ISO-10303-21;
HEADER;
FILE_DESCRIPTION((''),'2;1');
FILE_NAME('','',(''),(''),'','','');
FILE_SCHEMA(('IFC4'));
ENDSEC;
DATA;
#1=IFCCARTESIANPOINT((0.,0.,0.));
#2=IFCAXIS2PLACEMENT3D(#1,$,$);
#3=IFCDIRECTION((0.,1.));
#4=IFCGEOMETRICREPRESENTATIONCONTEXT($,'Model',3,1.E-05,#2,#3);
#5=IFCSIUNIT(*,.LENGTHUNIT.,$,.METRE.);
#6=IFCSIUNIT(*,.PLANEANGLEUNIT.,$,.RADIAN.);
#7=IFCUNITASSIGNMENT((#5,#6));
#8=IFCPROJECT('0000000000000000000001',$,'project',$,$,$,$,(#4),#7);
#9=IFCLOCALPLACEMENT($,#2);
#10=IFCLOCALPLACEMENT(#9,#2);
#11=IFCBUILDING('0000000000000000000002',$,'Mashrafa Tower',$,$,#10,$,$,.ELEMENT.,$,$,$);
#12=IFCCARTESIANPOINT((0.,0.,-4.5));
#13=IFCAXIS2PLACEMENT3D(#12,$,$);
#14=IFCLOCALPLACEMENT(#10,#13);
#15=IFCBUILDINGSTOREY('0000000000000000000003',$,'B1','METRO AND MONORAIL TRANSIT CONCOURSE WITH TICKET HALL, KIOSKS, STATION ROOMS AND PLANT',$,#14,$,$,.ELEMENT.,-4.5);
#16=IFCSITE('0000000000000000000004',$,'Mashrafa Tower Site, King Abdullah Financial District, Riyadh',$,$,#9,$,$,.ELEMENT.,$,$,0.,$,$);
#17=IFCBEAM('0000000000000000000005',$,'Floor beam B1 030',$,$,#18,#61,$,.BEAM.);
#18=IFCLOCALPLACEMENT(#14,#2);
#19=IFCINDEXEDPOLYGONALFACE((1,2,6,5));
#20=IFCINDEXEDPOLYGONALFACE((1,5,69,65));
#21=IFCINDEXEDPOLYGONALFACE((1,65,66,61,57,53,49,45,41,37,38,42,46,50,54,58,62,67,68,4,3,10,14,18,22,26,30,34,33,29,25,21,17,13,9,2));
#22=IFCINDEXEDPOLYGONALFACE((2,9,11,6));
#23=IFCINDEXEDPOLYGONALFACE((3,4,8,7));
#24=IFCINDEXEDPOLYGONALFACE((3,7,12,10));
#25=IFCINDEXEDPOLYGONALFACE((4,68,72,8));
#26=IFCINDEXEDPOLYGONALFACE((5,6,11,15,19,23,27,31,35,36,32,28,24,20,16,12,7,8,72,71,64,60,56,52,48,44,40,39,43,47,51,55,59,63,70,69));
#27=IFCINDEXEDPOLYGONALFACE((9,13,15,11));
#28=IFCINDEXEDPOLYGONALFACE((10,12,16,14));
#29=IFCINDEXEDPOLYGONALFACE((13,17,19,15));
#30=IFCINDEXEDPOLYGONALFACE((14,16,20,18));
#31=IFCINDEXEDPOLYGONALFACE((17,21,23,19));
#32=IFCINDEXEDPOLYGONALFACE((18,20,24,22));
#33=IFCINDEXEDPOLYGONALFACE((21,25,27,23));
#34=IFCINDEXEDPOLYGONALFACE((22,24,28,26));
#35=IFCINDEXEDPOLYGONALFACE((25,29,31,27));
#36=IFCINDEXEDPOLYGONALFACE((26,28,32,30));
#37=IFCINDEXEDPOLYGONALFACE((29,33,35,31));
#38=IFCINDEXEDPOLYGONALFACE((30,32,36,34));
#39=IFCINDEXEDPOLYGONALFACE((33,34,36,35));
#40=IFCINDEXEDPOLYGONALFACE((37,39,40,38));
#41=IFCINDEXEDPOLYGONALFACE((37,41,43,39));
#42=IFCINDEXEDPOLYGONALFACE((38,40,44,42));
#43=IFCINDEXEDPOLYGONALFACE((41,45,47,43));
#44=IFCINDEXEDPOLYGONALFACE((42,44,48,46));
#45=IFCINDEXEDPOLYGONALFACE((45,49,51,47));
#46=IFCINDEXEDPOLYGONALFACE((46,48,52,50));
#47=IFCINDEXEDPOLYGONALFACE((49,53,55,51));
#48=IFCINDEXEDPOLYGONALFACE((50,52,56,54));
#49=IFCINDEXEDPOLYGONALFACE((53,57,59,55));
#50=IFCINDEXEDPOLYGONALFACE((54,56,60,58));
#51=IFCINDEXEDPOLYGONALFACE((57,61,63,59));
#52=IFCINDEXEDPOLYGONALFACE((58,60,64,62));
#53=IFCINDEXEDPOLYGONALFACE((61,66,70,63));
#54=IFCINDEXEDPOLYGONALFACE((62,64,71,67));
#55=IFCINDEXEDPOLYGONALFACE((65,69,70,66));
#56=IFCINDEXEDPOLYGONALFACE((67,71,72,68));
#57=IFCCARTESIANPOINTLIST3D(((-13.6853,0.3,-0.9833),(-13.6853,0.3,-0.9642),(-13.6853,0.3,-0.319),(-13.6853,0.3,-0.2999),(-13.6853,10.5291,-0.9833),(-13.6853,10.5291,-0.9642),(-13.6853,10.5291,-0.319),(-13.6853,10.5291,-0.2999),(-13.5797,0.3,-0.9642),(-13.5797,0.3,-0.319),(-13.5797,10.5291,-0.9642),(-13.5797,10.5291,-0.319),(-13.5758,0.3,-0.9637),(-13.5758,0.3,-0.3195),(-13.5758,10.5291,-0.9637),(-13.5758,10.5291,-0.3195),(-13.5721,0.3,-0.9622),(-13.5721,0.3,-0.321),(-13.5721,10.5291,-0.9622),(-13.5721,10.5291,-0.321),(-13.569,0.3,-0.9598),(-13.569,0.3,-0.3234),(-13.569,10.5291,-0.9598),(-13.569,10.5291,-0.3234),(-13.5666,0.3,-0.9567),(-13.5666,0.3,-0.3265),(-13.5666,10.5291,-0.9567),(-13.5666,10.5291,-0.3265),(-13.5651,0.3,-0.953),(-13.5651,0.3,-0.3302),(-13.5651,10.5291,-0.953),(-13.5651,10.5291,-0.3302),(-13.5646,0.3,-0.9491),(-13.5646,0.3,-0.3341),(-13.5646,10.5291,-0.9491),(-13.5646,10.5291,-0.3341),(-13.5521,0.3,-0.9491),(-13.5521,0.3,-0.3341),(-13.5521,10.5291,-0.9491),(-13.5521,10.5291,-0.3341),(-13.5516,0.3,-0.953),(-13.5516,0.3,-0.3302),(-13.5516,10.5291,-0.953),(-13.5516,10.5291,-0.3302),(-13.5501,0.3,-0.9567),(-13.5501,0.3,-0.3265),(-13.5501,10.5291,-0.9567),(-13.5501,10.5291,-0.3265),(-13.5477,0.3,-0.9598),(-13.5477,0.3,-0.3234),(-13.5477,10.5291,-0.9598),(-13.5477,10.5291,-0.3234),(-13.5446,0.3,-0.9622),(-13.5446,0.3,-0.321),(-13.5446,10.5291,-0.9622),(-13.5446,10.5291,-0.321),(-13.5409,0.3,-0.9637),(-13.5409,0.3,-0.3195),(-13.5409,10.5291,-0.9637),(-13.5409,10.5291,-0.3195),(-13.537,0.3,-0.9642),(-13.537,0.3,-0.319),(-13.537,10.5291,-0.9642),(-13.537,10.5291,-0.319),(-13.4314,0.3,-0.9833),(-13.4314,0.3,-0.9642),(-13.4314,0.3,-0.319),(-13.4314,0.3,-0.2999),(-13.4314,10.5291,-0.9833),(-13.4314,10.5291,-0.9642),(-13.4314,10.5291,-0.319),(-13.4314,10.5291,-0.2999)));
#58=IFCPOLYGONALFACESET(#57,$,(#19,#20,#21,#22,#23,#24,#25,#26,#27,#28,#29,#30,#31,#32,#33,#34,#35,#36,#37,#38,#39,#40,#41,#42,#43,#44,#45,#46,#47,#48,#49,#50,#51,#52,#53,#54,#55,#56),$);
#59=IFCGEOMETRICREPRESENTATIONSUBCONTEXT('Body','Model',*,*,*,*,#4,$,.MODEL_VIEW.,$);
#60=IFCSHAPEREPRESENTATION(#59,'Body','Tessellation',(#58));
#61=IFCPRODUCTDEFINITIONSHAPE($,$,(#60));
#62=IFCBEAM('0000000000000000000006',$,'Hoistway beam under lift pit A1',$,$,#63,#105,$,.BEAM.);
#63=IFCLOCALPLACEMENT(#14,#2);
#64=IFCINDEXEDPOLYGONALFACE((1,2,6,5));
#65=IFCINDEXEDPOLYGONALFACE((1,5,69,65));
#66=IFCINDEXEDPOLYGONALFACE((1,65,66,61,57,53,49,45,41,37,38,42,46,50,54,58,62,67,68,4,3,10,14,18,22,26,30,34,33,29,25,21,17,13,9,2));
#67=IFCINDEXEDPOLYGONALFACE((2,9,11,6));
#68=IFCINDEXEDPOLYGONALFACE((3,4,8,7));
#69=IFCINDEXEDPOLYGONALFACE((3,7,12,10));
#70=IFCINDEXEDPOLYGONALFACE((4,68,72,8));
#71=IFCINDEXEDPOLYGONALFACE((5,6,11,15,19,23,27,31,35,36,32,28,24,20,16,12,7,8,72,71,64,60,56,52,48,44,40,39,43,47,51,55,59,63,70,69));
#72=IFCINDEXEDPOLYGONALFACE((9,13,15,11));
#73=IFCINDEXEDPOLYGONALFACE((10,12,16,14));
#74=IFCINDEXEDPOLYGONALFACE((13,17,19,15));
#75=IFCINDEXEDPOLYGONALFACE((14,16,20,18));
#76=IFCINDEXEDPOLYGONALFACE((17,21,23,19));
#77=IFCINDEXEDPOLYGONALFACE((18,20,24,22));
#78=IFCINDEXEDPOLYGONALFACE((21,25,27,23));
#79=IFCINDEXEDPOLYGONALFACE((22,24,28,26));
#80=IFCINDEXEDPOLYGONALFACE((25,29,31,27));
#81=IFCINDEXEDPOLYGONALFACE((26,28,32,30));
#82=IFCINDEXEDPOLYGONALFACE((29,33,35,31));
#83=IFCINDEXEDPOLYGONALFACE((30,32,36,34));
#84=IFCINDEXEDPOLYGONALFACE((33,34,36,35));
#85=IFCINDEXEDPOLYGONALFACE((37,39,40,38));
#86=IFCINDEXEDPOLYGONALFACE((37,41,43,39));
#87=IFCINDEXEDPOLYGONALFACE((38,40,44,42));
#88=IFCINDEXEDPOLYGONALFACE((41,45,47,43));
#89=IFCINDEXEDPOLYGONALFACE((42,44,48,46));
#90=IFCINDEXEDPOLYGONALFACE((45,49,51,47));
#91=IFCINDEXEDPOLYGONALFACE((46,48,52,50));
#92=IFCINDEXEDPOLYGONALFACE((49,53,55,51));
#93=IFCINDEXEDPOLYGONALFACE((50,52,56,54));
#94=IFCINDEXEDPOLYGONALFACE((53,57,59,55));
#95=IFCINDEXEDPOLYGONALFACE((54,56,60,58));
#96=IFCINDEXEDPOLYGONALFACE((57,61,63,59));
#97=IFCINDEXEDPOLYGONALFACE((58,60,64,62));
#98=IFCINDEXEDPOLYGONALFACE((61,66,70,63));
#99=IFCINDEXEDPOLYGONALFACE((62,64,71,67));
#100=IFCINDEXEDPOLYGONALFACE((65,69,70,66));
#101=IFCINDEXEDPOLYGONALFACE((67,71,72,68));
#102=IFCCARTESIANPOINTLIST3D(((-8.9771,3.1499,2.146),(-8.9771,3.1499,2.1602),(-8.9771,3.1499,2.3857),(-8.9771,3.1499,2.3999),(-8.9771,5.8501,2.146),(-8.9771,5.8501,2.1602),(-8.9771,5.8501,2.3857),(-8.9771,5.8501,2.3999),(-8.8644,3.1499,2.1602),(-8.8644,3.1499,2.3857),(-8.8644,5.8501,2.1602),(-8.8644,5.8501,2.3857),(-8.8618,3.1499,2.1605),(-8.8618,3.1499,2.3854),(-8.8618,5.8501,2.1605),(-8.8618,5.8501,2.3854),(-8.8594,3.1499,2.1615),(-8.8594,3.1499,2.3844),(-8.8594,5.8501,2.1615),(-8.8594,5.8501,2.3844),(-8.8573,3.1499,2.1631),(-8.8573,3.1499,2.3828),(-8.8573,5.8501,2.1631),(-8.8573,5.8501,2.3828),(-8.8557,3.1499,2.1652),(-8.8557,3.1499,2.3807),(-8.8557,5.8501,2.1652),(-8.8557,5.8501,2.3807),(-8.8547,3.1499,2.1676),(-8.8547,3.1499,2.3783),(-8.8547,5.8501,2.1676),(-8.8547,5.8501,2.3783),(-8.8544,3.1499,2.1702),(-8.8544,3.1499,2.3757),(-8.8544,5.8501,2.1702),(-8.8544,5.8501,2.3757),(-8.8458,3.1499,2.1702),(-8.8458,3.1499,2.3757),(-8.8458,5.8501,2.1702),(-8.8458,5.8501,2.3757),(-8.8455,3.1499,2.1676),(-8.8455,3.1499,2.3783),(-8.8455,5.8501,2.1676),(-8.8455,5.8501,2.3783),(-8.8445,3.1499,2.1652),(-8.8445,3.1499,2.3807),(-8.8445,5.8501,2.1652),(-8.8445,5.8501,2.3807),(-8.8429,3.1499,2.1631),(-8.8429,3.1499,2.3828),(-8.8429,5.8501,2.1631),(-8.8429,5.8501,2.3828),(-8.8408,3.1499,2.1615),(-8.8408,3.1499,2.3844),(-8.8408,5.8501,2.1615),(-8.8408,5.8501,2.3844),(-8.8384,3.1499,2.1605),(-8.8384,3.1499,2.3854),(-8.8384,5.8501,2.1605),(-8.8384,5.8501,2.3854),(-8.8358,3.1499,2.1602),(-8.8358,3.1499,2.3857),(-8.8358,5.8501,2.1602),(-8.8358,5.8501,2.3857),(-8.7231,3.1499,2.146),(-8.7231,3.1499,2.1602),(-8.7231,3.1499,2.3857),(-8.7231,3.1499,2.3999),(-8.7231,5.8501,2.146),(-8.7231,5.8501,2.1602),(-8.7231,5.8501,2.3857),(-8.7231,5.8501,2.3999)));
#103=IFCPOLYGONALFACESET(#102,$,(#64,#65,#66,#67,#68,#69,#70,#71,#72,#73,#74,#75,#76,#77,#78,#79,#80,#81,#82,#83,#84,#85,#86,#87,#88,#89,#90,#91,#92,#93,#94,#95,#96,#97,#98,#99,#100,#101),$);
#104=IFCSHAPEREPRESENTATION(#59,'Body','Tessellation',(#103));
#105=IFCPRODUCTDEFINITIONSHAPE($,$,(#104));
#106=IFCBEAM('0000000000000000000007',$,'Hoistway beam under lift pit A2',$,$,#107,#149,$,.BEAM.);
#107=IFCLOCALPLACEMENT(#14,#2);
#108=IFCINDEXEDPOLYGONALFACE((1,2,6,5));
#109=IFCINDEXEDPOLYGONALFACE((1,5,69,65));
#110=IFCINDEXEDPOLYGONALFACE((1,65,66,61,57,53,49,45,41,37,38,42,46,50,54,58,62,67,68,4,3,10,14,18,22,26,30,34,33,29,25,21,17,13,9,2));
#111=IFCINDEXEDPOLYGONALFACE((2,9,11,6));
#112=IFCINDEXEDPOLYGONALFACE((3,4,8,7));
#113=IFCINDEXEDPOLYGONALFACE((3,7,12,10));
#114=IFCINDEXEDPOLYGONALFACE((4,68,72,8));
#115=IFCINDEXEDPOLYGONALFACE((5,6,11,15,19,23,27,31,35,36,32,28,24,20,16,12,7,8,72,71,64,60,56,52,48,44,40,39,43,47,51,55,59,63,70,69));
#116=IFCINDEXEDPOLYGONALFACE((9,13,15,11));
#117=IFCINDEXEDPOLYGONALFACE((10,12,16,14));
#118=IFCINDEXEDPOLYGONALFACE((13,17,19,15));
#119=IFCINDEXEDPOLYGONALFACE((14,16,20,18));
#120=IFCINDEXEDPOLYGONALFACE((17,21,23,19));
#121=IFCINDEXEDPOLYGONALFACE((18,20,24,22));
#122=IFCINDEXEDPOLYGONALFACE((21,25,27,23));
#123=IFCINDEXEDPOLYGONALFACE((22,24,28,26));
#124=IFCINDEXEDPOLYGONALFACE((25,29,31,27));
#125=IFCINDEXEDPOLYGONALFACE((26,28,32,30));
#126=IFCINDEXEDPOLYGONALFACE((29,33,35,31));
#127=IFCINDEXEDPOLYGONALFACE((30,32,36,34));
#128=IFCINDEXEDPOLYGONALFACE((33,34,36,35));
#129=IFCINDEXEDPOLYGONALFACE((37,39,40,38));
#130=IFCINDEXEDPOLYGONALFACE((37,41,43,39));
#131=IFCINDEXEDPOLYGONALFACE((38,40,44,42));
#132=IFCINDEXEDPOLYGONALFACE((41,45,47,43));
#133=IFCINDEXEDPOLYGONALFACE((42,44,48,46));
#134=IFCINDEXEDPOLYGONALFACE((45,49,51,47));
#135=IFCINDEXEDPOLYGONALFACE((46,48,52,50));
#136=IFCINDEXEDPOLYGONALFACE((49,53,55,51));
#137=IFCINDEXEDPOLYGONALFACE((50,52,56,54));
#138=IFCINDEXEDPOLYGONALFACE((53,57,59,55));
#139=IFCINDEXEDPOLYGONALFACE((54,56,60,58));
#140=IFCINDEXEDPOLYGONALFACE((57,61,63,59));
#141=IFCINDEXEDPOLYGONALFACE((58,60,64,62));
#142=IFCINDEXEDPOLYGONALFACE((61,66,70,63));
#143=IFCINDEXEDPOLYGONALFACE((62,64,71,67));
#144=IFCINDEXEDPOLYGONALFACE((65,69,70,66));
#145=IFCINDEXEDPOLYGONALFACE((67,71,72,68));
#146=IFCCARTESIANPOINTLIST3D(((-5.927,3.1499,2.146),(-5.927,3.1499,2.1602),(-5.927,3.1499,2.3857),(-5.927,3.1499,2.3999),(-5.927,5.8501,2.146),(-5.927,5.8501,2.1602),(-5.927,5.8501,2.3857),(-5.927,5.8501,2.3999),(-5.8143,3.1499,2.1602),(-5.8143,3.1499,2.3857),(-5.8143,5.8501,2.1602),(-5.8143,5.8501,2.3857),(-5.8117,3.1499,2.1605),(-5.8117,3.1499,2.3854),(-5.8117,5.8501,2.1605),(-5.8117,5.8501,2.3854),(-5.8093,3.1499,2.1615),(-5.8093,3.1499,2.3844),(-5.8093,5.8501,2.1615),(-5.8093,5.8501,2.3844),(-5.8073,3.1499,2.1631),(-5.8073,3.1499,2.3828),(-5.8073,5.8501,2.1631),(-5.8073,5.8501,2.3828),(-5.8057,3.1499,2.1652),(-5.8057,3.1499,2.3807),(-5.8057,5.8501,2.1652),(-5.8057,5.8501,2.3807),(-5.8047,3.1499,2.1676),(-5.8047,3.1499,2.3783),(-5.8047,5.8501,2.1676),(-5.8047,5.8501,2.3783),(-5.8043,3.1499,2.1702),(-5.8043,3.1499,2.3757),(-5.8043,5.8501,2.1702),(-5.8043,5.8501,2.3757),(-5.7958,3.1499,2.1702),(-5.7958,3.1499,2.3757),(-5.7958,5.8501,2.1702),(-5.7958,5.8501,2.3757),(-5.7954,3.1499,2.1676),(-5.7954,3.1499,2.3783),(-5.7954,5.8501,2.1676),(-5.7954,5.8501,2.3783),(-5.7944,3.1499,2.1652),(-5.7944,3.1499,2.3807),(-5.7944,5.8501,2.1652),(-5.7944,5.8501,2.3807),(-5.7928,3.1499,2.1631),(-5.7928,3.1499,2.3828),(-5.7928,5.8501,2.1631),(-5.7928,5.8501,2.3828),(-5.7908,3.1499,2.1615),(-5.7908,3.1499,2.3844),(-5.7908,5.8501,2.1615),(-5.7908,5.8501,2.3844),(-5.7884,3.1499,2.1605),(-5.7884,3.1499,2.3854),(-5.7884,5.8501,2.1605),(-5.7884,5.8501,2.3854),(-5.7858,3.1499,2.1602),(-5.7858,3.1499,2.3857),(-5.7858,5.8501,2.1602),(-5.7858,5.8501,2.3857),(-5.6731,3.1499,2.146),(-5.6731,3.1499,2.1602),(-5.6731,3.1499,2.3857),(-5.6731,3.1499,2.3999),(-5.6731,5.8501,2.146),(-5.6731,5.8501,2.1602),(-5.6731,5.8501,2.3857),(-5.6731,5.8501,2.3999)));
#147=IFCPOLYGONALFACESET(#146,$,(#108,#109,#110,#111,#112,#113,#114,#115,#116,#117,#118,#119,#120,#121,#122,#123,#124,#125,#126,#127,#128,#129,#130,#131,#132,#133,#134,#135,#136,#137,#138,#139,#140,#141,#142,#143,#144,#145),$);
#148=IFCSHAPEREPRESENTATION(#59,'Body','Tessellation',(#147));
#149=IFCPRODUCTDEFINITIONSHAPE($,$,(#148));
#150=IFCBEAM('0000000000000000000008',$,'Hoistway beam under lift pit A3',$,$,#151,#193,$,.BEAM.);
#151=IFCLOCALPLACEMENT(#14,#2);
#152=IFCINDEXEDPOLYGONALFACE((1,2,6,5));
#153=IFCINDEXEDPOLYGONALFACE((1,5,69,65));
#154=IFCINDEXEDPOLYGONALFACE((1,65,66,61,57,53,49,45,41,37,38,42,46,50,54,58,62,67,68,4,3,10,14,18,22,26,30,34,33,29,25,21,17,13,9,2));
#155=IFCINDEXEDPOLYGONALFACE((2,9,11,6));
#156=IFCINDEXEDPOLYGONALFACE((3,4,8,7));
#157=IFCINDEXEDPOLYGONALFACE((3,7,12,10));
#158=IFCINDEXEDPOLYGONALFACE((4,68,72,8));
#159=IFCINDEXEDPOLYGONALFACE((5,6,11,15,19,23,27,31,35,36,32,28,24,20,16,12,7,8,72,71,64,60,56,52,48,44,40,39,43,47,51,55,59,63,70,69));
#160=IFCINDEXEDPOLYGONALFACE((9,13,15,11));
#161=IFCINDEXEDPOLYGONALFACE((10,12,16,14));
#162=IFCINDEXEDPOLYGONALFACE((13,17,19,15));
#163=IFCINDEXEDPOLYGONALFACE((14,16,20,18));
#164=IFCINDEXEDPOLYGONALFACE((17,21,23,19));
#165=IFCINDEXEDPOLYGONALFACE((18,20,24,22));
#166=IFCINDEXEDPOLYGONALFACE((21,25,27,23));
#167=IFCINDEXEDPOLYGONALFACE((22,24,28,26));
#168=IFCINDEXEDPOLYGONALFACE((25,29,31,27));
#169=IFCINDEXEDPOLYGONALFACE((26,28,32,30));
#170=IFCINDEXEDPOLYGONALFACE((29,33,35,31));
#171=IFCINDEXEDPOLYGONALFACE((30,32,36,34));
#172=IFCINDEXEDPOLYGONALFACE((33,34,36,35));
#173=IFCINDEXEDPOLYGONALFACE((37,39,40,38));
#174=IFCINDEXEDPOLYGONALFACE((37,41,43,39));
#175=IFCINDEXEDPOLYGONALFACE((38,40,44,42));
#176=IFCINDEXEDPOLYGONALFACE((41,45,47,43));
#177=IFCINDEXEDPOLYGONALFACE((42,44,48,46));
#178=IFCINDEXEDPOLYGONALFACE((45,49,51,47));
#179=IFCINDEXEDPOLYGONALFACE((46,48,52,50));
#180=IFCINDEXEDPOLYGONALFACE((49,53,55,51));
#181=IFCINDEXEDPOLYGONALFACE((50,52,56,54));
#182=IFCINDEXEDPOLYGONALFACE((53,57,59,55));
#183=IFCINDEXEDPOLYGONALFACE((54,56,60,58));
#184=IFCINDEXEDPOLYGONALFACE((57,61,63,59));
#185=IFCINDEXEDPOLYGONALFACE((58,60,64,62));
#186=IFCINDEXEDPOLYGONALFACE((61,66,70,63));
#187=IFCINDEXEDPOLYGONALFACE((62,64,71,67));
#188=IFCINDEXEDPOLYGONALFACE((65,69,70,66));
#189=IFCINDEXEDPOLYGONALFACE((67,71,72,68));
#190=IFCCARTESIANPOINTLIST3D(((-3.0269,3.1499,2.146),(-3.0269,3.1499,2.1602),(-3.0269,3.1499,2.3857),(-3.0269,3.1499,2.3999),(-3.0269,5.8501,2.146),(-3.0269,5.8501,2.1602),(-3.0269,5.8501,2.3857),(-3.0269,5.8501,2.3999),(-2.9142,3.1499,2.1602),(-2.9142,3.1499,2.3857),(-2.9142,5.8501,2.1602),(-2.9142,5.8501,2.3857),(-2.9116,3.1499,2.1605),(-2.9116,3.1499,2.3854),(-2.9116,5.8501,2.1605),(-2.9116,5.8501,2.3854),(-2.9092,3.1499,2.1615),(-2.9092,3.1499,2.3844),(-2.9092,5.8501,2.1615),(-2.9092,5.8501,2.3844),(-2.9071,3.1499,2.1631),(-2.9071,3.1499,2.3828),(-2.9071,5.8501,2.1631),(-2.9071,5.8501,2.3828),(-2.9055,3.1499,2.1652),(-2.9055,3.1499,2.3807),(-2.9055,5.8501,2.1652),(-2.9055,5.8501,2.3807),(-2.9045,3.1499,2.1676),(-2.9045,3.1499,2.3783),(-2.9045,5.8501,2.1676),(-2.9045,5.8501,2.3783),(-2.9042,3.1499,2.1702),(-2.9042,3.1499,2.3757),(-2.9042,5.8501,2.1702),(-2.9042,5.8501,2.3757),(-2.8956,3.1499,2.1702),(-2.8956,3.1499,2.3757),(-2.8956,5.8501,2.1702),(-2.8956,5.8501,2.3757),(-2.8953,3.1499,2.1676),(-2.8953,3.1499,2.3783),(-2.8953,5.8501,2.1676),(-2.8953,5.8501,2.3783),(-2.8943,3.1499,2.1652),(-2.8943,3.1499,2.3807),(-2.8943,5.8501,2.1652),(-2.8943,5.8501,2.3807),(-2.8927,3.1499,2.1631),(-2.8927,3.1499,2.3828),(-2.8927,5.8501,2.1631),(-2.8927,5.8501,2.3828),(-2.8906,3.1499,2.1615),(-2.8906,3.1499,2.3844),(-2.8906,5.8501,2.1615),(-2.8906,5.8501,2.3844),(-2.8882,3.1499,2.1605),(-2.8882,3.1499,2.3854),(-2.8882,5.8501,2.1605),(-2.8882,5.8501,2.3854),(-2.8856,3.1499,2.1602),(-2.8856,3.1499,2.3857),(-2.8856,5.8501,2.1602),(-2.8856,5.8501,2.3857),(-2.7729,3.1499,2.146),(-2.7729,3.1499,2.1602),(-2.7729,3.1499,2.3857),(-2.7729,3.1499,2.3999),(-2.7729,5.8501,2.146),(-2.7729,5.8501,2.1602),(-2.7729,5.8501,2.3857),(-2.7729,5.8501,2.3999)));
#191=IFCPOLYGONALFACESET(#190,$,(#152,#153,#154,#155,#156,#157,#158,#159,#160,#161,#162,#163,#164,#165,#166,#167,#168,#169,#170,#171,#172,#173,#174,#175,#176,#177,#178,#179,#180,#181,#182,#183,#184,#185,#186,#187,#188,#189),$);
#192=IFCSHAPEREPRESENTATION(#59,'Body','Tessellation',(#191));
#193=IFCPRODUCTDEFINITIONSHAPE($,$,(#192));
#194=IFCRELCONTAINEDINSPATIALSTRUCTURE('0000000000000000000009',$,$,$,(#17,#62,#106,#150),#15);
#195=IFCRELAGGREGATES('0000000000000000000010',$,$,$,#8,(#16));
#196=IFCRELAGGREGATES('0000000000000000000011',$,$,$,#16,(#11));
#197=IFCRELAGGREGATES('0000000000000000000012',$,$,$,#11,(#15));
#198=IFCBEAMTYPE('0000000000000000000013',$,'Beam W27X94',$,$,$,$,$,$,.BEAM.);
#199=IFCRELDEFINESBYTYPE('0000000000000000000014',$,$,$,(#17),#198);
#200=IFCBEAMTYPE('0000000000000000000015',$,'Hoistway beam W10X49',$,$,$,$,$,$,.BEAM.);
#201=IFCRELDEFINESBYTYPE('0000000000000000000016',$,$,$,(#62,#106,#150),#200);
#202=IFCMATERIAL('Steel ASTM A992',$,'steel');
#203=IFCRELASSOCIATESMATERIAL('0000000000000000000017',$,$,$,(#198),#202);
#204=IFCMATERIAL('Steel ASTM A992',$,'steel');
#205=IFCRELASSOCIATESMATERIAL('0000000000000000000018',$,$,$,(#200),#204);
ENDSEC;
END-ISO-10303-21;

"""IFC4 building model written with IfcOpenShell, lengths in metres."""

from ifc_helpers import new_model, si_unit, direction, frame, origin, origin_2d, place, context, subcontext, project, spatial, i_section, extrude, material, material_profile, profile_set, type_object, element, save


model = new_model("IFC4")

# Units and contexts
model_context = context("Model", 3, precision=1e-05, world=origin(), true_north=direction((0.0, 1.0)))
body_context = subcontext(model_context, "Body", "Model", "MODEL_VIEW")
ifc_project = project(units=[si_unit("LENGTHUNIT", "METRE"), si_unit("PLANEANGLEUNIT", "RADIAN")], contexts=[model_context])

# Site, building, storey
site_placement = place(None, origin())
site = spatial("IfcSite", under=ifc_project, at=site_placement, Name="Mashrafa Tower Site, King Abdullah Financial District, Riyadh", CompositionType="ELEMENT", RefElevation=0.0)
building_placement = place(site_placement, origin())
building = spatial("IfcBuilding", under=site, at=building_placement, Name="Mashrafa Tower", CompositionType="ELEMENT")
storey_placement = place(building_placement, frame((0.0, 0.0, -4.5)))
storey = spatial("IfcBuildingStorey", under=building, at=storey_placement, Name="B1", Description="METRO AND MONORAIL TRANSIT CONCOURSE WITH TICKET HALL, KIOSKS, STATION ROOMS AND PLANT", CompositionType="ELEMENT", Elevation=-4.5)

# Beams
ifc_material_1 = material(Name="Steel ASTM A992", Category="steel")
ifc_material_profile_1 = material_profile(ifc_material_1, i_section(OverallWidth=0.2539, OverallDepth=0.6833, WebThickness=0.0125, FlangeThickness=0.019, FilletRadius=0.0151, at=origin_2d()), Name="W27X94")
ifc_profile_set_1 = profile_set([ifc_material_profile_1], Name="Steel ASTM A992")
beam_type_1 = type_object("IfcBeamType", Name="Beam W27X94", PredefinedType="BEAM", material=ifc_profile_set_1)
beam_1_placement = place(storey_placement, frame((-13.5583, 0.3, -0.6416), z_axis=(0.0, 1.0, 0.0), x_axis=(-1.0, 0.0, 0.0)))
element("IfcBeam", 1, at=beam_1_placement, inside=storey, type_object=beam_type_1, Name="Floor beam B1 030", PredefinedType="BEAM", context=body_context, shape_type="SweptSolid", body=[
    extrude(i_section(OverallWidth=0.2539, OverallDepth=0.6833, WebThickness=0.0125, FlangeThickness=0.019, FilletRadius=0.0151, at=origin_2d()), origin(), (0.0, 0.0, 1.0), 10.229),
])
ifc_material_2 = material(Name="Steel ASTM A992", Category="steel")
ifc_material_profile_2 = material_profile(ifc_material_2, i_section(OverallWidth=0.2539, OverallDepth=0.2539, WebThickness=0.0085, FlangeThickness=0.0142, FilletRadius=0.01, at=origin_2d()), Name="W10X49")
ifc_profile_set_2 = profile_set([ifc_material_profile_2], Name="Steel ASTM A992")
beam_type_2 = type_object("IfcBeamType", Name="Hoistway beam W10X49", PredefinedType="BEAM", material=ifc_profile_set_2)
for number, where, z_axis, x_axis, name in (
    (2, (-8.8501, 3.1499, 2.2729), (0.0, 1.0, 0.0), (-1.0, 0.0, 0.0), "Hoistway beam under lift pit A1"),
    (3, (-5.8, 3.1499, 2.2729), (0.0, 1.0, 0.0), (-1.0, 0.0, 0.0), "Hoistway beam under lift pit A2"),
    (4, (-2.8999, 3.1499, 2.2729), (0.0, 1.0, 0.0), (-1.0, 0.0, 0.0), "Hoistway beam under lift pit A3"),
):
    element("IfcBeam", number, at=place(storey_placement, frame(where, z_axis=z_axis, x_axis=x_axis)), inside=storey, type_object=beam_type_2, Name=name, PredefinedType="BEAM", context=body_context, shape_type="SweptSolid", body=[
        extrude(i_section(OverallWidth=0.2539, OverallDepth=0.2539, WebThickness=0.0085, FlangeThickness=0.0142, FilletRadius=0.01, at=origin_2d()), origin(), (0.0, 0.0, 1.0), 2.7002),
    ])

save(model, "model.ifc")
